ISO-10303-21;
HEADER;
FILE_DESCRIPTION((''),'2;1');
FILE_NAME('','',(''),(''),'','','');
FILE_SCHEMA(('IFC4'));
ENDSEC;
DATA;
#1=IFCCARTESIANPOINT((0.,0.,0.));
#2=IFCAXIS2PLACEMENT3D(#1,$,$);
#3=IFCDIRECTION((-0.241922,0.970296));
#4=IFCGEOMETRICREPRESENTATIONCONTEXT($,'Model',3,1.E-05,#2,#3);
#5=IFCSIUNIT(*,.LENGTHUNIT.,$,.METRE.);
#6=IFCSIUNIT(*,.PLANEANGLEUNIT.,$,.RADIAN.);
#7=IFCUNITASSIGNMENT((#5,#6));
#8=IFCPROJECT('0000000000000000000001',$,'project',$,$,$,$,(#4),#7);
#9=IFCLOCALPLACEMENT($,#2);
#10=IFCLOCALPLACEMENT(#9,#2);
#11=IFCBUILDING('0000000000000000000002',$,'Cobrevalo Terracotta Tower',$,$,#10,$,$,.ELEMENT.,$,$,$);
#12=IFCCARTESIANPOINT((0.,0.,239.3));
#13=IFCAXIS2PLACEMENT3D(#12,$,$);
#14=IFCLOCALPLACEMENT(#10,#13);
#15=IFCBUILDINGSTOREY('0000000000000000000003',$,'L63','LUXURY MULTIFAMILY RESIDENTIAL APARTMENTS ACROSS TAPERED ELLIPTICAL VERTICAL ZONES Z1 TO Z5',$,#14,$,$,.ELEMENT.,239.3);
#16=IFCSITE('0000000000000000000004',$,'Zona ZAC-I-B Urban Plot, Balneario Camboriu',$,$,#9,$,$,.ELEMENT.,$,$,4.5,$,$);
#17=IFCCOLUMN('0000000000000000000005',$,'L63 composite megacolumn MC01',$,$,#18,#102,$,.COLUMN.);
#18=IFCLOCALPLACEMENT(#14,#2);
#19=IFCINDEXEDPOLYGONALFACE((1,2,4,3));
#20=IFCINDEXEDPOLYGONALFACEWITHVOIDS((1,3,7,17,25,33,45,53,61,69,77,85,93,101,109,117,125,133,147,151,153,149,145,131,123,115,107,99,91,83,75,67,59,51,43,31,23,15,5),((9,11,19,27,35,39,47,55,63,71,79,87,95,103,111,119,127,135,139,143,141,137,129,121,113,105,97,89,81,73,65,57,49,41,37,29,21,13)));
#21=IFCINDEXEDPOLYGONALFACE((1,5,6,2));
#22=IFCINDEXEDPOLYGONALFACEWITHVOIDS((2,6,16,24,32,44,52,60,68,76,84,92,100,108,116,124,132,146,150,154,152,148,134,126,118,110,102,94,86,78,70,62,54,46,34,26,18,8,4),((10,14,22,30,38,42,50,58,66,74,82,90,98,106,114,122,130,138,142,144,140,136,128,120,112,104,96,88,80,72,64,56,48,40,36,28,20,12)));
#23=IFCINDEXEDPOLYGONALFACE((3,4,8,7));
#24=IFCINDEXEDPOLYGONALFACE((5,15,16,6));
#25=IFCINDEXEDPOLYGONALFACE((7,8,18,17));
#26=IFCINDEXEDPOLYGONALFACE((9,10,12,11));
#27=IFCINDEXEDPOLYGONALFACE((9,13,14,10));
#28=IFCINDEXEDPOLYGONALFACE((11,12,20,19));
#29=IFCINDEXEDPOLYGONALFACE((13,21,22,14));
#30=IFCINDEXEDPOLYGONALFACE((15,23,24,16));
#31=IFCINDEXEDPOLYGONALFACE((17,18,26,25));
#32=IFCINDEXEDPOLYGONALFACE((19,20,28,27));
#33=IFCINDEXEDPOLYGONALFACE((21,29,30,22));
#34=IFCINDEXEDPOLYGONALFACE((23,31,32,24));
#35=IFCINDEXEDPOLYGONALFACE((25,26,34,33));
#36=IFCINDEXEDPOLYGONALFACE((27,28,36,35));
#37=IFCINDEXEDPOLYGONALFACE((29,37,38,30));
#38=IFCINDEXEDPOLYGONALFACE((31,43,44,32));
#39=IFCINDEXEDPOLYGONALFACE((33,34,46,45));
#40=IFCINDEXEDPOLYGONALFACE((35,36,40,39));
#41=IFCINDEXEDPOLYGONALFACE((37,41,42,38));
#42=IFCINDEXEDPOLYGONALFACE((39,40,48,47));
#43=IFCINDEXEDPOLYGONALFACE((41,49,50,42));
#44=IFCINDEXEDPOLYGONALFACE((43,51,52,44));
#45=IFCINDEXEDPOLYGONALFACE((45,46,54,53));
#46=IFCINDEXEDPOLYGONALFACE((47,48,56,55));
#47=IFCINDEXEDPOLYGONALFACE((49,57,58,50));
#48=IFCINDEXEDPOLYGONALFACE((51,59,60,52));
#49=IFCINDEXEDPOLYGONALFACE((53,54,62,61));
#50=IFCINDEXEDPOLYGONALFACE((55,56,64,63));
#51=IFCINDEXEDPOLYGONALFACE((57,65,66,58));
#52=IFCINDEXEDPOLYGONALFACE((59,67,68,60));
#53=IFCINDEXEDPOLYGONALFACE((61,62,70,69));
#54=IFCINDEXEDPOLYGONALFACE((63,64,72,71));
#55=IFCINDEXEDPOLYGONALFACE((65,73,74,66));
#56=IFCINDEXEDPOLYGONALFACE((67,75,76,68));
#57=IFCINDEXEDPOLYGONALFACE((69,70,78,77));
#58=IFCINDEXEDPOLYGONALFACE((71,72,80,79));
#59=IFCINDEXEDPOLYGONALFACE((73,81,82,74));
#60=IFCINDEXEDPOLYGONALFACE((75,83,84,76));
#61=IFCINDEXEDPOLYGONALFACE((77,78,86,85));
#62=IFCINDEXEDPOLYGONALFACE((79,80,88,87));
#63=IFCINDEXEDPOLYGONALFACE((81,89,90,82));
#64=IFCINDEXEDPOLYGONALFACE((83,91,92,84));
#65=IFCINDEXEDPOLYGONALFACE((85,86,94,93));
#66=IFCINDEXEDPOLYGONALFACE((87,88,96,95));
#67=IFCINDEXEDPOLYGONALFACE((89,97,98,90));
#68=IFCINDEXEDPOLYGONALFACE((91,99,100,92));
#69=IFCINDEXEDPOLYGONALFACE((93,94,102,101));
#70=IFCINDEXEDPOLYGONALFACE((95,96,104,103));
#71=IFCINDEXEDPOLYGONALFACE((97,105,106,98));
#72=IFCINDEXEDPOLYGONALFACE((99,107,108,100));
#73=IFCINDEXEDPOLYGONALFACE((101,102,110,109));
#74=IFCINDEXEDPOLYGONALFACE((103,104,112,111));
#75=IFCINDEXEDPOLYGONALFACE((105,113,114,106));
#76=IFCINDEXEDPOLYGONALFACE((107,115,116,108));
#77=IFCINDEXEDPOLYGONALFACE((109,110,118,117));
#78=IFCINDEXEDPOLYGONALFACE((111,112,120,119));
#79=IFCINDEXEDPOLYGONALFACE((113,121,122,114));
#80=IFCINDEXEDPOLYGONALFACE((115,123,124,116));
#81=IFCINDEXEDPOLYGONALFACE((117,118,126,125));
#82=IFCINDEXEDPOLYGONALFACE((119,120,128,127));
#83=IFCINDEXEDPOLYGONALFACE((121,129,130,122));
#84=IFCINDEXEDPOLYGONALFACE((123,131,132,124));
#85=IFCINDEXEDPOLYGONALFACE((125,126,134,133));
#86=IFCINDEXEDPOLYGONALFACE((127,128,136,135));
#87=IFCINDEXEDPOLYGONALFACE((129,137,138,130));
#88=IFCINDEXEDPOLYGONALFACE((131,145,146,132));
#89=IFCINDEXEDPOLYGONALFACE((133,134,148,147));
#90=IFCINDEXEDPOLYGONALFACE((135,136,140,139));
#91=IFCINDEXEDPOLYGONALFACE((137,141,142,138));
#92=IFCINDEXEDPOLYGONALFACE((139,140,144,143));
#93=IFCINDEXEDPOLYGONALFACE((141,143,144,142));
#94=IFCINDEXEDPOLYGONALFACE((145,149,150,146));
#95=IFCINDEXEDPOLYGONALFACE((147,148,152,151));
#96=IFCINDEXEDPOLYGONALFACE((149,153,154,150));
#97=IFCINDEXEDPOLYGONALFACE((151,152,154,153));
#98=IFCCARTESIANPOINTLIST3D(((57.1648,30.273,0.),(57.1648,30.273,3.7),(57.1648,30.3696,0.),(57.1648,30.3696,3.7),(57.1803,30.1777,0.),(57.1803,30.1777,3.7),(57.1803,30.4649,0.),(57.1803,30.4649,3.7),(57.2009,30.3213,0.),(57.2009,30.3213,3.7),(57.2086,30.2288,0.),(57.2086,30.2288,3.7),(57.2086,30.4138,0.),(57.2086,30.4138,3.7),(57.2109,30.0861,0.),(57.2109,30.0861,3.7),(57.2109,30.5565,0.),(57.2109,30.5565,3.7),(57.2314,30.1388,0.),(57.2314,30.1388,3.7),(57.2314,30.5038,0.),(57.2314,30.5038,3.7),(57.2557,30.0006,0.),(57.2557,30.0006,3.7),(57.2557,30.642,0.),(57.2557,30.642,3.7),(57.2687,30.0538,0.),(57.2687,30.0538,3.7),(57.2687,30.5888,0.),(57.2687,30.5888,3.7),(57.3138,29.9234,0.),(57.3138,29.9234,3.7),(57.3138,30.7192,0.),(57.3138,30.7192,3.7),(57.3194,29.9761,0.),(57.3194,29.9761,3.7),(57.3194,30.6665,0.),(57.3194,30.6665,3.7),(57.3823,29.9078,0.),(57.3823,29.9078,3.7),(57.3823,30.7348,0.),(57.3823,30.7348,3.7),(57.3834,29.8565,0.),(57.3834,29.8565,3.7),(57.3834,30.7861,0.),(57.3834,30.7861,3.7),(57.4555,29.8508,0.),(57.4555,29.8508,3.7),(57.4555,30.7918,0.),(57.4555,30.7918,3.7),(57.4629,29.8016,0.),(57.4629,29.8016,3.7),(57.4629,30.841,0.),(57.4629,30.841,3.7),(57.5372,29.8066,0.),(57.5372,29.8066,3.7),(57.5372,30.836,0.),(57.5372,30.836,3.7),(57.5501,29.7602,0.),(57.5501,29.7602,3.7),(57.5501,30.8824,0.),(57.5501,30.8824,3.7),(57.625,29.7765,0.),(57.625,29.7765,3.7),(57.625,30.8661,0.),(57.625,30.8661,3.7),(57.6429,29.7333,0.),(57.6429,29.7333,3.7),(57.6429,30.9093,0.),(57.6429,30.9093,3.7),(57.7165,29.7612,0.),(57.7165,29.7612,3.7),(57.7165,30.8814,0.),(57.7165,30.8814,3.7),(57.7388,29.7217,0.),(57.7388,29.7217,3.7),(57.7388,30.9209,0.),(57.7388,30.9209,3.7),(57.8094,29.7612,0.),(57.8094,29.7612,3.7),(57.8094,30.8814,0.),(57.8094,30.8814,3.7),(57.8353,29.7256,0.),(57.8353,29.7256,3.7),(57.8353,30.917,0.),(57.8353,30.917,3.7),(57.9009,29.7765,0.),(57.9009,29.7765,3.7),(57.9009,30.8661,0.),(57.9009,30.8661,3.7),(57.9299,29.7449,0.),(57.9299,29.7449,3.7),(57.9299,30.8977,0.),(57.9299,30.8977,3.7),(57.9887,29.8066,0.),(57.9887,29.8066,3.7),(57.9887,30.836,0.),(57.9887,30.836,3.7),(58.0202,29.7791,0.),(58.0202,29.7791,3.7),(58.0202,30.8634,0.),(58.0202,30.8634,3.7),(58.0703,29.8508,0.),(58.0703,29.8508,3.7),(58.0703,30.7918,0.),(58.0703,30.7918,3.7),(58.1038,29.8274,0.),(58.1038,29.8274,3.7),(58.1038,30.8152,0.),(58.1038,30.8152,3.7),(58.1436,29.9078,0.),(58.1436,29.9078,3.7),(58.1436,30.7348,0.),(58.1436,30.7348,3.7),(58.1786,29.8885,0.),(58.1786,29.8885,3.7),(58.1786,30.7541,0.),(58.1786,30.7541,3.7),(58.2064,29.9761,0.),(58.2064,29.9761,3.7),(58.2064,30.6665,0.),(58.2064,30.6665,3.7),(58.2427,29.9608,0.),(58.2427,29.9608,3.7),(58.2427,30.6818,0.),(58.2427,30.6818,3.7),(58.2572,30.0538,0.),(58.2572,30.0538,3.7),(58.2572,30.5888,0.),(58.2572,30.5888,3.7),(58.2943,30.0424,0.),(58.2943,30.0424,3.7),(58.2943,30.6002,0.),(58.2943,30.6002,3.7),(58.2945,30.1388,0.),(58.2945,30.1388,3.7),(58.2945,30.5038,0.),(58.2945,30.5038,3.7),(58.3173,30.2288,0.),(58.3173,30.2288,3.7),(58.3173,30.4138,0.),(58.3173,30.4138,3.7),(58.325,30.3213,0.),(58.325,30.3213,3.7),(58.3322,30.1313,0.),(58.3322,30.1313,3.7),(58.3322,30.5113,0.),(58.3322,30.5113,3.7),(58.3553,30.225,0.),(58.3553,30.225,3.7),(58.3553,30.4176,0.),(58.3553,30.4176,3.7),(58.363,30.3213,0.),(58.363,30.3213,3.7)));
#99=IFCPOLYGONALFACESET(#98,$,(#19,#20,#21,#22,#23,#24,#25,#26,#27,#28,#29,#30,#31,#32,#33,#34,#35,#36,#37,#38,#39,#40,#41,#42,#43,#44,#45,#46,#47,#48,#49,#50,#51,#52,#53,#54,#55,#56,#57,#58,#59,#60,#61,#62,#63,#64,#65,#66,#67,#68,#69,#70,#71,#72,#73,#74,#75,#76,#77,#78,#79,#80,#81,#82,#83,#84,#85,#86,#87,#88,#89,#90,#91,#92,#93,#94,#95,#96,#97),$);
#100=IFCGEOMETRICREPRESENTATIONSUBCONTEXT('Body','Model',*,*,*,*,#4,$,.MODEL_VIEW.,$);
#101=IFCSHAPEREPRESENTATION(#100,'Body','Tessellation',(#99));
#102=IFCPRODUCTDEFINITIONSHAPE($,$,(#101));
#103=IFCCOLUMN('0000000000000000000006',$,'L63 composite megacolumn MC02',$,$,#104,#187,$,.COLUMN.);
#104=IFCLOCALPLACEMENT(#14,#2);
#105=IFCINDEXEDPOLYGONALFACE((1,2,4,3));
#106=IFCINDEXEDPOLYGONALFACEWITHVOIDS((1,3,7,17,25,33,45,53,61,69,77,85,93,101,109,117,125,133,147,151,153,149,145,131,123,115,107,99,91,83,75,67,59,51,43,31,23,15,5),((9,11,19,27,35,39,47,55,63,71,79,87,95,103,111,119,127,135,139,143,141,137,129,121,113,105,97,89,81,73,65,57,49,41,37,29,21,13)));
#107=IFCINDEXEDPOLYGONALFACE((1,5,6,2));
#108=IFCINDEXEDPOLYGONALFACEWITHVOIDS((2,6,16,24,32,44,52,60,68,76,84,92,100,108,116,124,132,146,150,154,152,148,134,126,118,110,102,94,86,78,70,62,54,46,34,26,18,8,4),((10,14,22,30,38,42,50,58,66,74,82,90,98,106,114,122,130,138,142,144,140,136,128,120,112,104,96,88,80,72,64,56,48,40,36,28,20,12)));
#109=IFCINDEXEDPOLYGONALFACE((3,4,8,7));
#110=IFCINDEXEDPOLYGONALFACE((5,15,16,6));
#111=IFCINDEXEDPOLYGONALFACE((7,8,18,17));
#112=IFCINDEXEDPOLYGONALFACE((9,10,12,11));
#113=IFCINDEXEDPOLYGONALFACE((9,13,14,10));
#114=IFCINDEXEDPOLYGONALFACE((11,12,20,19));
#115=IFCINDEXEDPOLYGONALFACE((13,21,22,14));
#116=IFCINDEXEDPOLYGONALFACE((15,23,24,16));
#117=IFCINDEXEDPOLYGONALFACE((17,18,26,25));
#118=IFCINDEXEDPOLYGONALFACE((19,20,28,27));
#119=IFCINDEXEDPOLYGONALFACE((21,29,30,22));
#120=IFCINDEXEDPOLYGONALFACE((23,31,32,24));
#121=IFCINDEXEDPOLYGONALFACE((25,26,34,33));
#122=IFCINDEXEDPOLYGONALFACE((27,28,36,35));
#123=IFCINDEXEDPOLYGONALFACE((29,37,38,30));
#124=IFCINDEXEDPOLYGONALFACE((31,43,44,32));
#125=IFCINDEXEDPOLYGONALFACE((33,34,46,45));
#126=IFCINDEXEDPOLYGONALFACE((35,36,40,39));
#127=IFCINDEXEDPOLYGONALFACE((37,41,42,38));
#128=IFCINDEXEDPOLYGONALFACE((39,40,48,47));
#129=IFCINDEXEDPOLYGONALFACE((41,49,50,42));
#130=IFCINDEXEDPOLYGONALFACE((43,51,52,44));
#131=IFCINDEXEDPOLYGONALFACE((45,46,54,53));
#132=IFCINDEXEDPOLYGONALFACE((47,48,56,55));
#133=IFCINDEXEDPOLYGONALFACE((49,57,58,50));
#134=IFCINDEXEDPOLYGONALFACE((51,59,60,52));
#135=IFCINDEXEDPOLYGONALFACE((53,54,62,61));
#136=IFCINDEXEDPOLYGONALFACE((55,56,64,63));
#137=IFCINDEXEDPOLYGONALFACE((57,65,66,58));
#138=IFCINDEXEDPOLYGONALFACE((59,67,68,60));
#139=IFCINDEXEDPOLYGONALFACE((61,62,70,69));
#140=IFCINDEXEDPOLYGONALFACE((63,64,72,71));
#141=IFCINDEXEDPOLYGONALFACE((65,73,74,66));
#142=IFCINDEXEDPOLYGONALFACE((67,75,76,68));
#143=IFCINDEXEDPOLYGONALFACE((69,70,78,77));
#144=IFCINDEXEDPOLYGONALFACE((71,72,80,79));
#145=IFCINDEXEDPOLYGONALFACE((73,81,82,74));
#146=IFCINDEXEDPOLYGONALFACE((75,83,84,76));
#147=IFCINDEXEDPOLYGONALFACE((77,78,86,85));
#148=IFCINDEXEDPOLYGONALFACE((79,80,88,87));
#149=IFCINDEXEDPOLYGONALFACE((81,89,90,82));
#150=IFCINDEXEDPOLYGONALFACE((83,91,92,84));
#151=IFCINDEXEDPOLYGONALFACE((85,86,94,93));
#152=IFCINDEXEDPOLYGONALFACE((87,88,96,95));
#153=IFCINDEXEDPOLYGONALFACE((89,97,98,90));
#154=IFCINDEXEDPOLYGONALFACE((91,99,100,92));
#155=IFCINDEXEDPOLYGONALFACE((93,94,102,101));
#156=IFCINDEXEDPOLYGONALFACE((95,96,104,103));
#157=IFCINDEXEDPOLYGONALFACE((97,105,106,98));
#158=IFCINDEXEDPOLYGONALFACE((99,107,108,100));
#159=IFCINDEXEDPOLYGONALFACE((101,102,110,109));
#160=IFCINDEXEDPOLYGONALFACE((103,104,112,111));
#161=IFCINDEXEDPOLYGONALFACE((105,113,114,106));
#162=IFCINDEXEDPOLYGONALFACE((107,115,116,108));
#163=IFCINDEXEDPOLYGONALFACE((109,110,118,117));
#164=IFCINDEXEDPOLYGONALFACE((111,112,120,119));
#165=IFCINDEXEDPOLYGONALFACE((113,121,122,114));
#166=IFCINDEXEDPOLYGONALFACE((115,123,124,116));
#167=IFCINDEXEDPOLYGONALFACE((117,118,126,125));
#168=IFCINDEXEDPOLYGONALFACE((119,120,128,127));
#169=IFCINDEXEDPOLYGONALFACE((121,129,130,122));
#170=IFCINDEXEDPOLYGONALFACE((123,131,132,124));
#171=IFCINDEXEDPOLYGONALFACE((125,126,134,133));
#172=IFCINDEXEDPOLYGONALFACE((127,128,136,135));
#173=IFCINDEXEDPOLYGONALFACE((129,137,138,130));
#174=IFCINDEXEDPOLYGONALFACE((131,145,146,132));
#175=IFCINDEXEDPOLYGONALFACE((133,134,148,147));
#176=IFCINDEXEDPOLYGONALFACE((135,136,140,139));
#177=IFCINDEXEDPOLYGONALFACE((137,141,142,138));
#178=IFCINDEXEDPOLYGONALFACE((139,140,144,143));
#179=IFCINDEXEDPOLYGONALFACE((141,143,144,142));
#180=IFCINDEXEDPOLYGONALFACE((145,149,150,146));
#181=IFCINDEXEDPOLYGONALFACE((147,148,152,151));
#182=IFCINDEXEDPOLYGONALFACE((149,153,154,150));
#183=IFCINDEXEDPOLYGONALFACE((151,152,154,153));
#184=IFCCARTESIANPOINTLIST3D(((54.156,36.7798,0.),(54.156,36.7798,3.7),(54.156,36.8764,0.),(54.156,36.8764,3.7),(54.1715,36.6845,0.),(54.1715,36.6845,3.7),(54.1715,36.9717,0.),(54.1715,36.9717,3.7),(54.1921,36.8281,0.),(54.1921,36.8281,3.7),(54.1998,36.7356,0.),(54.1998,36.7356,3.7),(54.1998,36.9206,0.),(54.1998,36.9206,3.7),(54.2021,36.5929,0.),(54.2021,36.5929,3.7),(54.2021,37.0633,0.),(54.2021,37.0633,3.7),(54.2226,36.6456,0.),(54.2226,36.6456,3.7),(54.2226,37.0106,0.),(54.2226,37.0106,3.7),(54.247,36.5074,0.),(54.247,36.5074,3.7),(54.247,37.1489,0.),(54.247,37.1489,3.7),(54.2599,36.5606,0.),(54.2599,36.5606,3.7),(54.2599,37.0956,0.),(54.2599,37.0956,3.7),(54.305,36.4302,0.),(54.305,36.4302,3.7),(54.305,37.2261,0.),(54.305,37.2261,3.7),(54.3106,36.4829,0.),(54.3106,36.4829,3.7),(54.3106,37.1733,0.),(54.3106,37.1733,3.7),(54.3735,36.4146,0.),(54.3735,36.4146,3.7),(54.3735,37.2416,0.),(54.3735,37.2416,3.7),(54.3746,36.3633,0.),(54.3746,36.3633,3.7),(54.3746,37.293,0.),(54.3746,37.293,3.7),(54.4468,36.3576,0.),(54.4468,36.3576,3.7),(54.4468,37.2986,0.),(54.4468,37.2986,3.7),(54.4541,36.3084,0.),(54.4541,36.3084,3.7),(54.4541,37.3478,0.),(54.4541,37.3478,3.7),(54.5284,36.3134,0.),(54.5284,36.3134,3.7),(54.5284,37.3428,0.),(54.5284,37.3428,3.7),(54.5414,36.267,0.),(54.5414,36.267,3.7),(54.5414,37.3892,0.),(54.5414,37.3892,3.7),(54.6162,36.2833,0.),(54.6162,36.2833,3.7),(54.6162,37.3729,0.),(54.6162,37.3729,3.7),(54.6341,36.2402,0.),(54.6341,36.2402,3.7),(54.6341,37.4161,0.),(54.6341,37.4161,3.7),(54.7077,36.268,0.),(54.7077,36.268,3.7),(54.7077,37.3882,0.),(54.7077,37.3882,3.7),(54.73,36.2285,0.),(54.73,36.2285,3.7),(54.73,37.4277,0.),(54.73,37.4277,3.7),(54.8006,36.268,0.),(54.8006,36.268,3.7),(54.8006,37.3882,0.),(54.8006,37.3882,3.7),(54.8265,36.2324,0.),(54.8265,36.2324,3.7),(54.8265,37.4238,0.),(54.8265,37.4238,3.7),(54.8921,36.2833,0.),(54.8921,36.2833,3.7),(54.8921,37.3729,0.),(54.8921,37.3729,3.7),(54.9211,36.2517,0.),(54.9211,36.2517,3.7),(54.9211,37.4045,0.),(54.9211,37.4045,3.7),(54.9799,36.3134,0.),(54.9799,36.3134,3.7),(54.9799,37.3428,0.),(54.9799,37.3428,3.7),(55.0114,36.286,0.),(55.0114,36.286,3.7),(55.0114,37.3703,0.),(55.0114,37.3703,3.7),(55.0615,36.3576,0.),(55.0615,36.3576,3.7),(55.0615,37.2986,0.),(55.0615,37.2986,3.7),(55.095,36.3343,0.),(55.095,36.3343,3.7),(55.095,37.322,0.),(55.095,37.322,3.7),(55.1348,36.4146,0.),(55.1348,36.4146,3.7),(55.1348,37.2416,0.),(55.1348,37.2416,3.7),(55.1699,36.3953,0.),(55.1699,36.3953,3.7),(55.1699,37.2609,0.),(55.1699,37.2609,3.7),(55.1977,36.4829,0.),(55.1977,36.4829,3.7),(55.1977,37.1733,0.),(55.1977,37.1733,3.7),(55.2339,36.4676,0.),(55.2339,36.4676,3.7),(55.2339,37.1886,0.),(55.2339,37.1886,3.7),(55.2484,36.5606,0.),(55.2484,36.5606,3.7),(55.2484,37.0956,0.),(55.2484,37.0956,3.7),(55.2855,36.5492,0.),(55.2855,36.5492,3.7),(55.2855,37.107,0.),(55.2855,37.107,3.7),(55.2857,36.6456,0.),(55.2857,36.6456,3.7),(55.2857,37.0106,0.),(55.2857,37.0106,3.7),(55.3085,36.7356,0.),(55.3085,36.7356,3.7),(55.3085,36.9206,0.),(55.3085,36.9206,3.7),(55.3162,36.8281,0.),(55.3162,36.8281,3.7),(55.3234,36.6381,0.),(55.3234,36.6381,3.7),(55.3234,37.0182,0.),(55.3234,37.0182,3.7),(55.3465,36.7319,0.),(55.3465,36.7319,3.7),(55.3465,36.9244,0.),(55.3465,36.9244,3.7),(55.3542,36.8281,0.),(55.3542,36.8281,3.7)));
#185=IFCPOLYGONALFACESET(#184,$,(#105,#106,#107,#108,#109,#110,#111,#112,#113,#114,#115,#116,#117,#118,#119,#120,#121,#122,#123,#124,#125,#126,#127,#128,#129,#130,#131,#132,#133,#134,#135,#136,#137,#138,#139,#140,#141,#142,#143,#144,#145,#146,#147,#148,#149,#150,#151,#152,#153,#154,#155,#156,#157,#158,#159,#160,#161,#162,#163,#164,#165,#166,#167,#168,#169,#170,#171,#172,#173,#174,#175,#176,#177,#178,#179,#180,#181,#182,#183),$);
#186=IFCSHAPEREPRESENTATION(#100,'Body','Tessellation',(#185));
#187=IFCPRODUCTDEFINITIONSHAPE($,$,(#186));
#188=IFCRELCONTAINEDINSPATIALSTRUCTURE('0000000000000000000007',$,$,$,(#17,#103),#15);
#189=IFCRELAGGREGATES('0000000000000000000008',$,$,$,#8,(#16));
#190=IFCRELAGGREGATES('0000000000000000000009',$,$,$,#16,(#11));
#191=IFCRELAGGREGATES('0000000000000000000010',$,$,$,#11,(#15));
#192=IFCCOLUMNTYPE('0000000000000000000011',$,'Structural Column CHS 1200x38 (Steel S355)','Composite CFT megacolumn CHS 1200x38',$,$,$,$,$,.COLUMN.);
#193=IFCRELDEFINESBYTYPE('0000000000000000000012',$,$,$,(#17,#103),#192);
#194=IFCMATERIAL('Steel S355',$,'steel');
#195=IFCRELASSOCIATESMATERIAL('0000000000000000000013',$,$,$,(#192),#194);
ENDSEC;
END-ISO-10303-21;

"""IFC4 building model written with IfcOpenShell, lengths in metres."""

from ifc_helpers import new_model, si_unit, direction, frame, origin, origin_2d, place, context, subcontext, project, spatial, hollow_circle, extrude, material, material_profile, profile_set, type_object, element, save


model = new_model("IFC4")

# Units and contexts
model_context = context("Model", 3, precision=1e-05, world=origin(), true_north=direction((-0.241922, 0.970296)))
body_context = subcontext(model_context, "Body", "Model", "MODEL_VIEW")
ifc_project = project(units=[si_unit("LENGTHUNIT", "METRE"), si_unit("PLANEANGLEUNIT", "RADIAN")], contexts=[model_context])

# Site, building, storey
site_placement = place(None, origin())
site = spatial("IfcSite", under=ifc_project, at=site_placement, Name="Zona ZAC-I-B Urban Plot, Balneario Camboriu", CompositionType="ELEMENT", RefElevation=4.5)
building_placement = place(site_placement, origin())
building = spatial("IfcBuilding", under=site, at=building_placement, Name="Cobrevalo Terracotta Tower", CompositionType="ELEMENT")
storey_placement = place(building_placement, frame((0.0, 0.0, 239.3)))
storey = spatial("IfcBuildingStorey", under=building, at=storey_placement, Name="L63", Description="LUXURY MULTIFAMILY RESIDENTIAL APARTMENTS ACROSS TAPERED ELLIPTICAL VERTICAL ZONES Z1 TO Z5", CompositionType="ELEMENT", Elevation=239.3)

# Columns
ifc_material_1 = material(Name="Steel S355", Category="steel")
ifc_material_profile_1 = material_profile(ifc_material_1, hollow_circle(Radius=0.6001, WallThickness=0.0381, at=origin_2d()), Name="CHS 1200x38")
ifc_profile_set_1 = profile_set([ifc_material_profile_1], Name="Steel S355")
column_type = type_object("IfcColumnType", Name="Structural Column CHS 1200x38 (Steel S355)", Description="Composite CFT megacolumn CHS 1200x38", PredefinedType="COLUMN", material=ifc_profile_set_1)
for number, where, z_axis, x_axis, name in (
    (1, (57.7629, 30.3213, 0.0), (0.0, 0.0, 1.0), (1.0, 0.0, 0.0), "L63 composite megacolumn MC01"),
    (2, (54.7542, 36.8281, 0.0), (0.0, 0.0, 1.0), (1.0, 0.0, 0.0), "L63 composite megacolumn MC02"),
):
    element("IfcColumn", number, at=place(storey_placement, frame(where, z_axis=z_axis, x_axis=x_axis)), inside=storey, type_object=column_type, Name=name, PredefinedType="COLUMN", context=body_context, shape_type="SweptSolid", body=[
        extrude(hollow_circle(Radius=0.6001, WallThickness=0.0381, at=origin_2d()), origin(), (0.0, 0.0, 1.0), 3.7),
    ])

save(model, "model.ifc")
